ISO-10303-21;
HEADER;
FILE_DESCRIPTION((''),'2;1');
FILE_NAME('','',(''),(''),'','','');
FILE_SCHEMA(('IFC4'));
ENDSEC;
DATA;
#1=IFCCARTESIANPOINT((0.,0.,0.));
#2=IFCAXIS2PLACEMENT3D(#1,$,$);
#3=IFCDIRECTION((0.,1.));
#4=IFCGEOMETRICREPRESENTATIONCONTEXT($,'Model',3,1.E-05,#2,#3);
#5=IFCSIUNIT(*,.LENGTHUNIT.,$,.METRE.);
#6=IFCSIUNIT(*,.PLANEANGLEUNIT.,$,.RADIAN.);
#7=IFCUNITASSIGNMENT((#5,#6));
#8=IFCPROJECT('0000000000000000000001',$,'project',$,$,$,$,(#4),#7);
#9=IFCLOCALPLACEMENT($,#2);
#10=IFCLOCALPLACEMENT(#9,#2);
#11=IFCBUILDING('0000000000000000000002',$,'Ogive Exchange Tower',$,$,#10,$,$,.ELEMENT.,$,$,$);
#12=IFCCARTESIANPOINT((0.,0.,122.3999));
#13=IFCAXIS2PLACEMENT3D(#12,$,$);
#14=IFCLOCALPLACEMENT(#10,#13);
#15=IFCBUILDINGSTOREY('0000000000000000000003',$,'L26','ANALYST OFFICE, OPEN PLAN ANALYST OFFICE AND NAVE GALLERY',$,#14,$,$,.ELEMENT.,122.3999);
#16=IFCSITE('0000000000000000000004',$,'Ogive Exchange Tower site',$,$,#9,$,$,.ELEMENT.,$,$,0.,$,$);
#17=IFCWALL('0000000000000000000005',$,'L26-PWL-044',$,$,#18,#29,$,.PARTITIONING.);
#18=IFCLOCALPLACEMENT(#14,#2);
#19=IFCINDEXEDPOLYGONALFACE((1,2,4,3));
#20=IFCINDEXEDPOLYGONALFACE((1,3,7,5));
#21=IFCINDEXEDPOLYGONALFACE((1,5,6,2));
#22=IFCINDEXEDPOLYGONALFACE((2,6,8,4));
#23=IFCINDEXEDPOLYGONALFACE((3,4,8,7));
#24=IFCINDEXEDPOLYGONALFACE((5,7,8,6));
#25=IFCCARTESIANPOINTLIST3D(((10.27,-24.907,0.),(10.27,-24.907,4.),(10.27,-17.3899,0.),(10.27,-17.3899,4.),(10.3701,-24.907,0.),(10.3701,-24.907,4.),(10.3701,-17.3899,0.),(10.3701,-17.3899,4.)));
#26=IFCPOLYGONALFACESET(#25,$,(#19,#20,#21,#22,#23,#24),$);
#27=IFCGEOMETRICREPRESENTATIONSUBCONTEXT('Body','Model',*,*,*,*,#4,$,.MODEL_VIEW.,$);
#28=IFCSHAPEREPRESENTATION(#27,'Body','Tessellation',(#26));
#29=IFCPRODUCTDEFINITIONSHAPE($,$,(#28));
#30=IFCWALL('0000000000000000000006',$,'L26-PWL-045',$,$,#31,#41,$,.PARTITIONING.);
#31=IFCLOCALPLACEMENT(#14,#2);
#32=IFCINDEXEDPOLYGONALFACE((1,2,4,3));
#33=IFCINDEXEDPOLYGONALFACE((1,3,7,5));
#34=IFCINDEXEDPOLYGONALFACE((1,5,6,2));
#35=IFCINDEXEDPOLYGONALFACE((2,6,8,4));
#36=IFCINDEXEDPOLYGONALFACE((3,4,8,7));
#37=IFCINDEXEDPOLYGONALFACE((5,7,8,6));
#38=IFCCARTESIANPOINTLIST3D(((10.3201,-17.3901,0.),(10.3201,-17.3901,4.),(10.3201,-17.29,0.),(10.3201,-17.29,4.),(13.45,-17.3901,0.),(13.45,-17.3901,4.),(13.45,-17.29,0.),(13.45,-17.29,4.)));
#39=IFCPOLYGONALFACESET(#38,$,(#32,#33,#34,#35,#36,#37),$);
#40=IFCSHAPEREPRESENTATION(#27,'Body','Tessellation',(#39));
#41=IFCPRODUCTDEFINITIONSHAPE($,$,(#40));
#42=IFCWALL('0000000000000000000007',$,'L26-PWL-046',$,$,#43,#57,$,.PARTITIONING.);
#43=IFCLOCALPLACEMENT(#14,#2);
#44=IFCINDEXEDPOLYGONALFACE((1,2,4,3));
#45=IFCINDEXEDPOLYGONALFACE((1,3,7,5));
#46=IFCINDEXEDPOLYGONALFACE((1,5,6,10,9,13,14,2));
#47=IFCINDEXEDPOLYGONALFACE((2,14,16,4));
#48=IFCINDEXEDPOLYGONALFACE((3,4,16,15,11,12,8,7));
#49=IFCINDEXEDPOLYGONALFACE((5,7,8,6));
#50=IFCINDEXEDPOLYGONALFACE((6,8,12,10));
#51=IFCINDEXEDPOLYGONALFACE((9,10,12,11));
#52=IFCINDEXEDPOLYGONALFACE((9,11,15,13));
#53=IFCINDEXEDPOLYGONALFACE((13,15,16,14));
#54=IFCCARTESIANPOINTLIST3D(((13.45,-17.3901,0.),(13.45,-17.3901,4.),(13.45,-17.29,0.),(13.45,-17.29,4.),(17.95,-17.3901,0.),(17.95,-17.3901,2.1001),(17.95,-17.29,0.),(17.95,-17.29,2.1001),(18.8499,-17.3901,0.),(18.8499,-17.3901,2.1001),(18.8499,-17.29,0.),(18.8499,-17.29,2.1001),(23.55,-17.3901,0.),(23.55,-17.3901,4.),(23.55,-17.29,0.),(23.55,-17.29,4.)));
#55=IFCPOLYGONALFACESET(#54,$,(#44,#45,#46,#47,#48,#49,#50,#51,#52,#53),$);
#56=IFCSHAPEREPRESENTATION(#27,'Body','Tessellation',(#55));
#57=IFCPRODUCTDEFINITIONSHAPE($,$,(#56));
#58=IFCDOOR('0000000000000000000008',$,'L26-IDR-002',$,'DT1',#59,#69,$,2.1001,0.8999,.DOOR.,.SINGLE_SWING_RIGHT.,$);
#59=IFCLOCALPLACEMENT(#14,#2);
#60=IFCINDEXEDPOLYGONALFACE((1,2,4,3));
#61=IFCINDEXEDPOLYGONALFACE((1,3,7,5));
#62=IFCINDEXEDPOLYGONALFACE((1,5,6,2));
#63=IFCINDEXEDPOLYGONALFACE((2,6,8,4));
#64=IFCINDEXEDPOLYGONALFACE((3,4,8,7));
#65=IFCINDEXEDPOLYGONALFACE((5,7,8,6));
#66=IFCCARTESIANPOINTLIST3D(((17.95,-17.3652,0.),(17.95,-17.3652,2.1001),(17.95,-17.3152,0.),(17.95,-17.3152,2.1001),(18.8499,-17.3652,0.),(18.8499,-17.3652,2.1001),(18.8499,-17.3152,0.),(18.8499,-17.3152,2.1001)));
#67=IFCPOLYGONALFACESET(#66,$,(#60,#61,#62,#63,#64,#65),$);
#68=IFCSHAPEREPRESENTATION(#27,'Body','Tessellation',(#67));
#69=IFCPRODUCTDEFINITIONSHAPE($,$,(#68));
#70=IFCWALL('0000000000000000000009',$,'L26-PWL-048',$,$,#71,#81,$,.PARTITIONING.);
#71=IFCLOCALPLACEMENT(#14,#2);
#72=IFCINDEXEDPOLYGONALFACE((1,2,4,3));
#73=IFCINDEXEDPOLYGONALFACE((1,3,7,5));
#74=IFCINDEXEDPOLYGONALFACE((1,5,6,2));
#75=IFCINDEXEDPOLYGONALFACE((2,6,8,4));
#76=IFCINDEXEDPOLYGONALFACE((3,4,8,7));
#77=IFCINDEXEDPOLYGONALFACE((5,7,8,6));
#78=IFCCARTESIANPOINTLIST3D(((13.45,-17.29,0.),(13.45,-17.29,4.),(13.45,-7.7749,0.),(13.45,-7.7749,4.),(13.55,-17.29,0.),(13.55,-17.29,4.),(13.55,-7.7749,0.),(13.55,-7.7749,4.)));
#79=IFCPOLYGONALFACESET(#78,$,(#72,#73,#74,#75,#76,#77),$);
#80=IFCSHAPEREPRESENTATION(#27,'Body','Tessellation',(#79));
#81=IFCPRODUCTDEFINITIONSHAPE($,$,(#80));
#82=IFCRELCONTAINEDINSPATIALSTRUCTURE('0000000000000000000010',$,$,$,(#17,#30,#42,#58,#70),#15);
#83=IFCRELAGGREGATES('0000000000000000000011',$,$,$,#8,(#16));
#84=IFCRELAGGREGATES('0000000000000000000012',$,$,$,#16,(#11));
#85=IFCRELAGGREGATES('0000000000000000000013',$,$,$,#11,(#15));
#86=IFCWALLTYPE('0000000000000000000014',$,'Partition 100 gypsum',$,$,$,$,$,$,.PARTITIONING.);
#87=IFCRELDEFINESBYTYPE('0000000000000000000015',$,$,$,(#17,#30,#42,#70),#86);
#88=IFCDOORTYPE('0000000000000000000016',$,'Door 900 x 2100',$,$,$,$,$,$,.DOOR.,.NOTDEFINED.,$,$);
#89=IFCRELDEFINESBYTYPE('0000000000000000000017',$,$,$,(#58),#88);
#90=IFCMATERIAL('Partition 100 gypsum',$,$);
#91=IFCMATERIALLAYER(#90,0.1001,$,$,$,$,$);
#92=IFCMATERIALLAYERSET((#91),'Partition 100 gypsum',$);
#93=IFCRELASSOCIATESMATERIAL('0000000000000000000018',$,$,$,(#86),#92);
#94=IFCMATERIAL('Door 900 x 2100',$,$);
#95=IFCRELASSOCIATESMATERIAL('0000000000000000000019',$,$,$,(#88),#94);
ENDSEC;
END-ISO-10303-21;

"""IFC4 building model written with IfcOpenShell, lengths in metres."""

from ifc_helpers import new_model, si_unit, direction, frame, frame_2d, origin, place, context, subcontext, project, spatial, rectangle, extrude, material, layer, layer_set, type_object, element, fill, save


model = new_model("IFC4")

# Units and contexts
model_context = context("Model", 3, precision=1e-05, world=origin(), true_north=direction((0.0, 1.0)))
body_context = subcontext(model_context, "Body", "Model", "MODEL_VIEW")
ifc_project = project(units=[si_unit("LENGTHUNIT", "METRE"), si_unit("PLANEANGLEUNIT", "RADIAN")], contexts=[model_context])

# Site, building, storey
site_placement = place(None, origin())
site = spatial("IfcSite", under=ifc_project, at=site_placement, Name="Ogive Exchange Tower site", CompositionType="ELEMENT", RefElevation=0.0)
building_placement = place(site_placement, origin())
building = spatial("IfcBuilding", under=site, at=building_placement, Name="Ogive Exchange Tower", CompositionType="ELEMENT")
storey_placement = place(building_placement, frame((0.0, 0.0, 122.3999)))
storey = spatial("IfcBuildingStorey", under=building, at=storey_placement, Name="L26", Description="ANALYST OFFICE, OPEN PLAN ANALYST OFFICE AND NAVE GALLERY", CompositionType="ELEMENT", Elevation=122.3999)

# Walls
ifc_material_1 = material(Name="Partition 100 gypsum")
ifc_layer_1 = layer(ifc_material_1, 0.1001)
ifc_layer_set_1 = layer_set([ifc_layer_1], Name="Partition 100 gypsum")
wall_type_1 = type_object("IfcWallType", Name="Partition 100 gypsum", PredefinedType="PARTITIONING", material=ifc_layer_set_1)
wall_1_placement = place(storey_placement, frame((10.3201, -17.3899, 0.0), z_axis=(0.0, 0.0, 1.0), x_axis=(0.0, -1.0, 0.0)))
element("IfcWall", 1, at=wall_1_placement, inside=storey, type_object=wall_type_1, Name="L26-PWL-044", PredefinedType="PARTITIONING", context=body_context, shape_type="SweptSolid", body=[
    extrude(rectangle(XDim=7.5171, YDim=0.1001, at=frame_2d((3.7585, 0.0))), origin(), (0.0, 0.0, 1.0), 4.0),
])
wall_2_placement = place(storey_placement, frame((10.3201, -17.3401, 0.0), z_axis=(0.0, 0.0, 1.0), x_axis=(1.0, 0.0, 0.0)))
element("IfcWall", 2, at=wall_2_placement, inside=storey, type_object=wall_type_1, Name="L26-PWL-045", PredefinedType="PARTITIONING", context=body_context, shape_type="SweptSolid", body=[
    extrude(rectangle(XDim=3.1299, YDim=0.1001, at=frame_2d((1.5649, 0.0))), origin(), (0.0, 0.0, 1.0), 4.0),
])

# Wall, opening, door
wall_3_placement = place(storey_placement, frame((13.45, -17.3401, 0.0), z_axis=(0.0, 0.0, 1.0), x_axis=(1.0, 0.0, 0.0)))
wall_3 = element("IfcWall", 3, at=wall_3_placement, inside=storey, type_object=wall_type_1, Name="L26-PWL-046", PredefinedType="PARTITIONING", context=body_context, shape_type="SweptSolid", body=[
    extrude(rectangle(XDim=10.1001, YDim=0.1001, at=frame_2d((5.05, 0.0))), origin(), (0.0, 0.0, 1.0), 4.0),
])
opening_placement = place(wall_3_placement, frame((4.5, 0.0, 0.0)))
opening = element("IfcOpeningElement", 4, at=opening_placement, cuts=wall_3, PredefinedType="OPENING", context=body_context, shape_type="SweptSolid", body=[
    extrude(rectangle(XDim=0.8999, YDim=2.1001, at=frame_2d((0.45, 1.05))), frame((0.0, 0.0601, 0.0), z_axis=(0.0, -1.0, 0.0), x_axis=(1.0, 0.0, 0.0)), (0.0, 0.0, 1.0), 0.1201),
])
ifc_material_2 = material(Name="Door 900 x 2100")
door_type = type_object("IfcDoorType", Name="Door 900 x 2100", OperationType="NOTDEFINED", PredefinedType="DOOR", material=ifc_material_2)
door_placement = place(opening_placement, origin())
door = element("IfcDoor", 5, at=door_placement, inside=storey, type_object=door_type, Name="L26-IDR-002", ObjectType="DT1", OperationType="SINGLE_SWING_RIGHT", OverallHeight=2.1001, OverallWidth=0.8999, PredefinedType="DOOR", context=body_context, shape_type="SweptSolid", body=[
    extrude(rectangle(XDim=0.8999, YDim=2.1001, at=frame_2d((0.45, 1.05))), frame((0.0, 0.0249, 0.0), z_axis=(0.0, -1.0, 0.0), x_axis=(1.0, 0.0, 0.0)), (0.0, 0.0, 1.0), 0.05),
])
fill(opening, door)

# Wall
wall_4_placement = place(storey_placement, frame((13.5, -7.7749, 0.0), z_axis=(0.0, 0.0, 1.0), x_axis=(0.0, -1.0, 0.0)))
element("IfcWall", 6, at=wall_4_placement, inside=storey, type_object=wall_type_1, Name="L26-PWL-048", PredefinedType="PARTITIONING", context=body_context, shape_type="SweptSolid", body=[
    extrude(rectangle(XDim=9.5151, YDim=0.1001, at=frame_2d((4.7576, 0.0))), origin(), (0.0, 0.0, 1.0), 4.0),
])

save(model, "model.ifc")
